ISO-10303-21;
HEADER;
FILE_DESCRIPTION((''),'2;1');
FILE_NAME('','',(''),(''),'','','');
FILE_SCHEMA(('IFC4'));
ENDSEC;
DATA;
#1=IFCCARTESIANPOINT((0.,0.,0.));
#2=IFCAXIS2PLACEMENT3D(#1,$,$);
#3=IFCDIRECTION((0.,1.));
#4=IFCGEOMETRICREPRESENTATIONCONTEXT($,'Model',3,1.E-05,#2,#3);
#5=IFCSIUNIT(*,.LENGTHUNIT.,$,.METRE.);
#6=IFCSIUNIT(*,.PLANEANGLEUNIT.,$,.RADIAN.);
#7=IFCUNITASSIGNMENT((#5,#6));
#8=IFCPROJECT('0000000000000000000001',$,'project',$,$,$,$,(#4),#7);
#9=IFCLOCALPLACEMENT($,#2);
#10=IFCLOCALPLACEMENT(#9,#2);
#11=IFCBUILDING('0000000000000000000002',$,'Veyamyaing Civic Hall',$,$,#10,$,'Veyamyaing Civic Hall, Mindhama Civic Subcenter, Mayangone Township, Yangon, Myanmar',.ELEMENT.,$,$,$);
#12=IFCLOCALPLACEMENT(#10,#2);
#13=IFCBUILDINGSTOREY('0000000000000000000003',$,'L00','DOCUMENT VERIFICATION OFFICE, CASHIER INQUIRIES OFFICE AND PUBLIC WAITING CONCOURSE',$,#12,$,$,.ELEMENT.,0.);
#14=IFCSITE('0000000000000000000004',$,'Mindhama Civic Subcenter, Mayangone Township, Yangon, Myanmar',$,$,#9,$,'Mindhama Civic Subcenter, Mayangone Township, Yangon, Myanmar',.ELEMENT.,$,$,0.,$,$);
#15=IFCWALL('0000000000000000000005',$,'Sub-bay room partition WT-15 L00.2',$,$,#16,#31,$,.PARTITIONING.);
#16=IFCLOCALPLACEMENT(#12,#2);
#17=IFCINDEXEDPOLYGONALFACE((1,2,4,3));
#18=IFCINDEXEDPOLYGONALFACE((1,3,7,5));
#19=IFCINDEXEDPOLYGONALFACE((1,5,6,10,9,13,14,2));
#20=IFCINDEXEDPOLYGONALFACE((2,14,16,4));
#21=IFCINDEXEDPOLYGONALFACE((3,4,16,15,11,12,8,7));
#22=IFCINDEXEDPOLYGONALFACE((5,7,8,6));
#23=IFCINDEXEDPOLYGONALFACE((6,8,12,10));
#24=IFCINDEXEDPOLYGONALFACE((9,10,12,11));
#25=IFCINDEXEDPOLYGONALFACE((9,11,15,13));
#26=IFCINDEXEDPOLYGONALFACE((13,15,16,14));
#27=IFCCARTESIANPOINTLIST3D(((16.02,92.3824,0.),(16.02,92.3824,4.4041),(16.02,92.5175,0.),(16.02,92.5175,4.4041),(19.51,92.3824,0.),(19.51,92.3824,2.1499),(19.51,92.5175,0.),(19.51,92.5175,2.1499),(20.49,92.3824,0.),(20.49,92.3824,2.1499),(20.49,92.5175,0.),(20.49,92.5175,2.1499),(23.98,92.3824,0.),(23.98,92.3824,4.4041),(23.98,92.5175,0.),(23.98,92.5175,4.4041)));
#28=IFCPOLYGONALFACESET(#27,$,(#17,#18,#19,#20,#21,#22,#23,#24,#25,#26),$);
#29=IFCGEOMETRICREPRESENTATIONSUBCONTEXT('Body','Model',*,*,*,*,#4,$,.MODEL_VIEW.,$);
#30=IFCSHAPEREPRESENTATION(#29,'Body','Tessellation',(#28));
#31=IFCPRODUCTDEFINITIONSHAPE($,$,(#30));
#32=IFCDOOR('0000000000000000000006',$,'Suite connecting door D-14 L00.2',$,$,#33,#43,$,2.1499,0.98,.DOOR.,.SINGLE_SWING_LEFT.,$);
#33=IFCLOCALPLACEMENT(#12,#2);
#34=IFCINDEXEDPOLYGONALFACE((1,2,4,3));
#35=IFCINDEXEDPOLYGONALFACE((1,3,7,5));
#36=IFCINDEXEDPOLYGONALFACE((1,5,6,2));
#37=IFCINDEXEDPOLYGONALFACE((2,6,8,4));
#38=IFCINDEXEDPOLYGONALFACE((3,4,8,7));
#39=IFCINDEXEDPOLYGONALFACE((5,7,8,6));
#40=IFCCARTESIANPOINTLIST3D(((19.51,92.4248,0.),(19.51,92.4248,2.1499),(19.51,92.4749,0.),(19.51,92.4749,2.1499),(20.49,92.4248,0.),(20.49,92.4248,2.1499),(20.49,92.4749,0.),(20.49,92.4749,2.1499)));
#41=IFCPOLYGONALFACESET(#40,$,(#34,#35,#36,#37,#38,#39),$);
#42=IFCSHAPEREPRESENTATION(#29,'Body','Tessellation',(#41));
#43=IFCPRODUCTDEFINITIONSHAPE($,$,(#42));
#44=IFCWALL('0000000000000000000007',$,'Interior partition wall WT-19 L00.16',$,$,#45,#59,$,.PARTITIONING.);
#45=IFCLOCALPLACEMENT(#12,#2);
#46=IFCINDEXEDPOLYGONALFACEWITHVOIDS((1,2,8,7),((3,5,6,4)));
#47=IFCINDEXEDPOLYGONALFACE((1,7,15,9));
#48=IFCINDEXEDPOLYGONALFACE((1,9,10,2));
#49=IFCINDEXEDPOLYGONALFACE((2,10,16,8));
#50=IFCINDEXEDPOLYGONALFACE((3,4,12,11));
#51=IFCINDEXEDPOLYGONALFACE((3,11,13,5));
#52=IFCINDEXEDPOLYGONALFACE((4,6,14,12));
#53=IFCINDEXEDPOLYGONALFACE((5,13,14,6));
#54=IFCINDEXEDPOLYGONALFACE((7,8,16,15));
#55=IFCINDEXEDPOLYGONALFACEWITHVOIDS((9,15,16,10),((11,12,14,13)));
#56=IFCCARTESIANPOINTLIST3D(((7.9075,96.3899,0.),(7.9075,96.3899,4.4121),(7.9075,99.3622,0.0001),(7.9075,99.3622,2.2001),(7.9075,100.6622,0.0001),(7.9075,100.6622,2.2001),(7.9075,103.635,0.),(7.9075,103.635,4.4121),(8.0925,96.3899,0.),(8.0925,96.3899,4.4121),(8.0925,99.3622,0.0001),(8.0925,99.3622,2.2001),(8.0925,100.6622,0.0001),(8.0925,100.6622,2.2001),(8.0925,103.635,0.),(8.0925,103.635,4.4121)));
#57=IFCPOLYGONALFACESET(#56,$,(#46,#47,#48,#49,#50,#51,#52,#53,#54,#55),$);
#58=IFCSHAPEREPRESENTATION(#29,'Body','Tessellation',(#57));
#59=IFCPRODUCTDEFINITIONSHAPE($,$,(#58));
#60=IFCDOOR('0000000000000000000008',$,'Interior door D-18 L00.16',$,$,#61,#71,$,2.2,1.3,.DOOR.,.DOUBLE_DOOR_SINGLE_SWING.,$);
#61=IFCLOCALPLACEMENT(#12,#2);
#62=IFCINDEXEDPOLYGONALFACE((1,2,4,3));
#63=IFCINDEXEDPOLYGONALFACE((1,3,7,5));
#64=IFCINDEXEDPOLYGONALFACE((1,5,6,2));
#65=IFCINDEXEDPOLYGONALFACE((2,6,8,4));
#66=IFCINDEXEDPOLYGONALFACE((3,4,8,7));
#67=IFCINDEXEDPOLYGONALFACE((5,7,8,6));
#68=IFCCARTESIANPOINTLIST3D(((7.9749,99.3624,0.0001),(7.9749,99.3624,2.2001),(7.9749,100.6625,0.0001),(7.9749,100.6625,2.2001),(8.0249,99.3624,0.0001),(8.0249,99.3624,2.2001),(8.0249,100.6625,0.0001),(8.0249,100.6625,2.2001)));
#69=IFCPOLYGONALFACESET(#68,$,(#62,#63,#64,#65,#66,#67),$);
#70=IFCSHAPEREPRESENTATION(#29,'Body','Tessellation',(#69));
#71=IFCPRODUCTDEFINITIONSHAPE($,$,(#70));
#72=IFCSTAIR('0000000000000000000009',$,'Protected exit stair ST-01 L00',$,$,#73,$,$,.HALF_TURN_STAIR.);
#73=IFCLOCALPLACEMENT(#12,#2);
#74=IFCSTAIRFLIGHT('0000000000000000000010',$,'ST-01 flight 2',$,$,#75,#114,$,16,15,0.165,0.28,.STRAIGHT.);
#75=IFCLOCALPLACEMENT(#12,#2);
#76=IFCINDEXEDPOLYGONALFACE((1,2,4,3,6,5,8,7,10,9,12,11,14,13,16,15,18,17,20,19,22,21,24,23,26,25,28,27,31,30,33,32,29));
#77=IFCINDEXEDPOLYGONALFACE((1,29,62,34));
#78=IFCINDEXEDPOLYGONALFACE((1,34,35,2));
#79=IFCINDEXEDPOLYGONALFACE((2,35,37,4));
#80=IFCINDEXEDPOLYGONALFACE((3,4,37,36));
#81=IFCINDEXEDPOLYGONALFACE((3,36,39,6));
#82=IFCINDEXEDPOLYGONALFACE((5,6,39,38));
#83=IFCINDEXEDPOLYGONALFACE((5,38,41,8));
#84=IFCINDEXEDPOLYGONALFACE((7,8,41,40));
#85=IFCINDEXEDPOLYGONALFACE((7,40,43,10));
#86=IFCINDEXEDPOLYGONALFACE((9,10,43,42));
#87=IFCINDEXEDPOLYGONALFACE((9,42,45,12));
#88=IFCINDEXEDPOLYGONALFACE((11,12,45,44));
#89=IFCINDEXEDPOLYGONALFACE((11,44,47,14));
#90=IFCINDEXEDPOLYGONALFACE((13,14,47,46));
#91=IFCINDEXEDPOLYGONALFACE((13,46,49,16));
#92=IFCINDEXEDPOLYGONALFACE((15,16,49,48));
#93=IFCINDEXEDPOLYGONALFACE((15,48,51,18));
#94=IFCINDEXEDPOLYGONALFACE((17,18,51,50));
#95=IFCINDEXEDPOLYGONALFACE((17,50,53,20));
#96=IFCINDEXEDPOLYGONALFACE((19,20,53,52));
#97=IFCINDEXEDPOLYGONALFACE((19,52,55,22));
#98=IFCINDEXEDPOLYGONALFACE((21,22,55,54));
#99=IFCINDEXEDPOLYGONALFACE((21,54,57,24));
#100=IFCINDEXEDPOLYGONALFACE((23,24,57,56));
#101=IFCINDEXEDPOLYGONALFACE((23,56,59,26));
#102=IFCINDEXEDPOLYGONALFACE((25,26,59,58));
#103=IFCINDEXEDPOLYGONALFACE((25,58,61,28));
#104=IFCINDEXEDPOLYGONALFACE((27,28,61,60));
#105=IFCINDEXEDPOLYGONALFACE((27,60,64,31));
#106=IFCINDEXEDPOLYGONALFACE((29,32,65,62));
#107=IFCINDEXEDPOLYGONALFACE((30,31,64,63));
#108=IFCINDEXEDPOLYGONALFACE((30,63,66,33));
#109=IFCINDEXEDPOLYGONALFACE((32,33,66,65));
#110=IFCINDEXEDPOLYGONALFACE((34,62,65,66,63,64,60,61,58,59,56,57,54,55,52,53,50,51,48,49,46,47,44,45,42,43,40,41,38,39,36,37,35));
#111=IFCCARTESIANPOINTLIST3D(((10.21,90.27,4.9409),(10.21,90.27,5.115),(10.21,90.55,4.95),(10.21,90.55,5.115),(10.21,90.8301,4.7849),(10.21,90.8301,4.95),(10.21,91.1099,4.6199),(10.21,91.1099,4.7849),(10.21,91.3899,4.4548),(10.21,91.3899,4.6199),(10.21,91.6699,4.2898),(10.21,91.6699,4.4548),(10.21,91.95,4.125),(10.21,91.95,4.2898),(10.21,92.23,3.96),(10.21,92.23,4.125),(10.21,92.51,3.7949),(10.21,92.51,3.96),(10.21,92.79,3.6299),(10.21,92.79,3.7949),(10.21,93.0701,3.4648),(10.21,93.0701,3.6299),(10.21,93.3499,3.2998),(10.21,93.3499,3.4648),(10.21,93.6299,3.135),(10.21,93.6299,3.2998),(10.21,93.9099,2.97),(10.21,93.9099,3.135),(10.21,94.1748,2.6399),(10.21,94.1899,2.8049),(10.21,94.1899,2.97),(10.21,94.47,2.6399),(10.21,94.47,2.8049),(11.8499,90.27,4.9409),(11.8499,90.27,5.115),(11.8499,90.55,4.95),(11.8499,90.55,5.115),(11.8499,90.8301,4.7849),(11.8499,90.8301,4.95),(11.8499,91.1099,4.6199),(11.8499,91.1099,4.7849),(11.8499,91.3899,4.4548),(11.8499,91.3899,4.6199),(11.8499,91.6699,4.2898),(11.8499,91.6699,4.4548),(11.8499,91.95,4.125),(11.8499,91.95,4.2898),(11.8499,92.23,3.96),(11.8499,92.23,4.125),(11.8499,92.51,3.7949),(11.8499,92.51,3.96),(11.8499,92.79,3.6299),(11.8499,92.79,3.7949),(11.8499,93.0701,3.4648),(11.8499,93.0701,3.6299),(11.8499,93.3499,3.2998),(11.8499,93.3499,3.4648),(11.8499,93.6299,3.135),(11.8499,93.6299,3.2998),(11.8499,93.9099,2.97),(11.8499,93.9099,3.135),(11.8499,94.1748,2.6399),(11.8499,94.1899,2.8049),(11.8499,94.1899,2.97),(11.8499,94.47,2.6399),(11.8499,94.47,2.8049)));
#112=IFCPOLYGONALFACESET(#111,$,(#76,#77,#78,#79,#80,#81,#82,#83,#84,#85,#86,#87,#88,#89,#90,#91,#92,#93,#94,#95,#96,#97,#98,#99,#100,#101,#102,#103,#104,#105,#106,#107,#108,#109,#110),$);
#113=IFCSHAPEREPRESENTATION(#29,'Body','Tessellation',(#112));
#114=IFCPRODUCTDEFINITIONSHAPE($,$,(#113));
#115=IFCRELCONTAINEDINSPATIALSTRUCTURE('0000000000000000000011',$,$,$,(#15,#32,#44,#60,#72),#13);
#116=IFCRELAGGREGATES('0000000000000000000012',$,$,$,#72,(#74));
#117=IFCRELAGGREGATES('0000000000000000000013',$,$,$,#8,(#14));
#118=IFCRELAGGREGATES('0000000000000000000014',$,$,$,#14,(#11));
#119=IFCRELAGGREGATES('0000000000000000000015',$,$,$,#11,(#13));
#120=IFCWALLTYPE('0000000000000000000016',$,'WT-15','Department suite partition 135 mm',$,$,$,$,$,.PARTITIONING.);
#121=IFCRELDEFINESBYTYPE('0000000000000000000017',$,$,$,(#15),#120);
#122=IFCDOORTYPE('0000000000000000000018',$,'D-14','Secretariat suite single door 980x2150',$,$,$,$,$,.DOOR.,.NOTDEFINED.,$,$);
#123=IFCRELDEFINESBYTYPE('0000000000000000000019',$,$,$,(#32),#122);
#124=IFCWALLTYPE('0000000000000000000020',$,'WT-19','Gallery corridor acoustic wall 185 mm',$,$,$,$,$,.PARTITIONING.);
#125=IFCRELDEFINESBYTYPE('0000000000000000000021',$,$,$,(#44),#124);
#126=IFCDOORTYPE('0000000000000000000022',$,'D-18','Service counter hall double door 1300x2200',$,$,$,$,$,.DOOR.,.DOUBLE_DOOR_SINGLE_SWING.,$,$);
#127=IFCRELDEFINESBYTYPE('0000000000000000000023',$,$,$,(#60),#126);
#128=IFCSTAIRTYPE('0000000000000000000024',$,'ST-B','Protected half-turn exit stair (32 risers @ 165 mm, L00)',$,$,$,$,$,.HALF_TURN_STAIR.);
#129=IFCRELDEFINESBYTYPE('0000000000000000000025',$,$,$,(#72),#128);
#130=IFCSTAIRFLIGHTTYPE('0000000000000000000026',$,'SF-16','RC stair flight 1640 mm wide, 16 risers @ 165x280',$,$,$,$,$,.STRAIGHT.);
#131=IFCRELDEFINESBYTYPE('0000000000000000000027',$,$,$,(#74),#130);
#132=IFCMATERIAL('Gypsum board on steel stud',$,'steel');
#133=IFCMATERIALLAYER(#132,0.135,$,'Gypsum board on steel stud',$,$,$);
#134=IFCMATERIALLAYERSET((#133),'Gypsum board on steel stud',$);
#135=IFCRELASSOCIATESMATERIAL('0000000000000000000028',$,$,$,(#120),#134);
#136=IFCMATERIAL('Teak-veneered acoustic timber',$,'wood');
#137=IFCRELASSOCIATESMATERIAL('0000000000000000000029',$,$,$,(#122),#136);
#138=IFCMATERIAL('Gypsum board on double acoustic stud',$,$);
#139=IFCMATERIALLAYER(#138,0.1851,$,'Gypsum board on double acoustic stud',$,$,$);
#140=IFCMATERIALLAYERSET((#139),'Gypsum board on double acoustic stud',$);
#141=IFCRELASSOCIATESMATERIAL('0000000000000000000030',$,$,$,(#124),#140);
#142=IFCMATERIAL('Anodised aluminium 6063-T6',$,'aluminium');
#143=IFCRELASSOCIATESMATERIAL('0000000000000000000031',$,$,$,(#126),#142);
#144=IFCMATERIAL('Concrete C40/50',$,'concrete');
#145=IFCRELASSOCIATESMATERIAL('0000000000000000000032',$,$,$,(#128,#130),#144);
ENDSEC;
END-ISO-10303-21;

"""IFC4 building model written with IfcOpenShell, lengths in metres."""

from ifc_helpers import new_model, si_unit, direction, frame, frame_2d, origin, place, context, subcontext, project, spatial, polyline, rectangle, outline, extrude, material, layer, layer_set, type_object, element, fill, aggregate, save


model = new_model("IFC4")

# Units and contexts
model_context = context("Model", 3, precision=1e-05, world=origin(), true_north=direction((0.0, 1.0)))
body_context = subcontext(model_context, "Body", "Model", "MODEL_VIEW")
ifc_project = project(units=[si_unit("LENGTHUNIT", "METRE"), si_unit("PLANEANGLEUNIT", "RADIAN")], contexts=[model_context])

# Site, building, storey
site_placement = place(None, origin())
site = spatial("IfcSite", under=ifc_project, at=site_placement, Name="Mindhama Civic Subcenter, Mayangone Township, Yangon, Myanmar", LongName="Mindhama Civic Subcenter, Mayangone Township, Yangon, Myanmar", CompositionType="ELEMENT", RefElevation=0.0)
building_placement = place(site_placement, origin())
building = spatial("IfcBuilding", under=site, at=building_placement, Name="Veyamyaing Civic Hall", LongName="Veyamyaing Civic Hall, Mindhama Civic Subcenter, Mayangone Township, Yangon, Myanmar", CompositionType="ELEMENT")
storey_placement = place(building_placement, origin())
storey = spatial("IfcBuildingStorey", under=building, at=storey_placement, Name="L00", Description="DOCUMENT VERIFICATION OFFICE, CASHIER INQUIRIES OFFICE AND PUBLIC WAITING CONCOURSE", CompositionType="ELEMENT", Elevation=0.0)

# Shared definitions
ifc_material_1 = material(Name="Concrete C40/50", Category="concrete")

# Shared definitions
ifc_material_2 = material(Name="Gypsum board on steel stud", Category="steel")
ifc_layer_1 = layer(ifc_material_2, 0.135, Name="Gypsum board on steel stud")
ifc_layer_set_1 = layer_set([ifc_layer_1], Name="Gypsum board on steel stud")
wall_type_1 = type_object("IfcWallType", Name="WT-15", Description="Department suite partition 135 mm", PredefinedType="PARTITIONING", material=ifc_layer_set_1)

# Walls, openings, doors
wall_1_placement = place(storey_placement, frame((16.02, 92.45, 0.0), z_axis=(0.0, 0.0, 1.0), x_axis=(1.0, 0.0, 0.0)))
wall_1 = element("IfcWall", 1, at=wall_1_placement, inside=storey, type_object=wall_type_1, Name="Sub-bay room partition WT-15 L00.2", PredefinedType="PARTITIONING", context=body_context, shape_type="SweptSolid", body=[
    extrude(rectangle(XDim=7.96, YDim=0.135, at=frame_2d((3.98, 0.0))), origin(), (0.0, 0.0, 1.0), 4.4041),
])
opening_1_placement = place(wall_1_placement, frame((3.49, 0.0, 0.0)))
opening_1 = element("IfcOpeningElement", 2, at=opening_1_placement, cuts=wall_1, PredefinedType="OPENING", context=body_context, shape_type="SweptSolid", body=[
    extrude(rectangle(XDim=0.98, YDim=2.1499, at=frame_2d((0.49, 1.075))), frame((0.0, 0.0774, 0.0), z_axis=(0.0, -1.0, 0.0), x_axis=(1.0, 0.0, 0.0)), (0.0, 0.0, 1.0), 0.155),
])
ifc_material_3 = material(Name="Teak-veneered acoustic timber", Category="wood")
door_type_1 = type_object("IfcDoorType", Name="D-14", Description="Secretariat suite single door 980x2150", OperationType="NOTDEFINED", PredefinedType="DOOR", material=ifc_material_3)
door_1_placement = place(opening_1_placement, origin())
door_1 = element("IfcDoor", 3, at=door_1_placement, inside=storey, type_object=door_type_1, Name="Suite connecting door D-14 L00.2", OperationType="SINGLE_SWING_LEFT", OverallHeight=2.1499, OverallWidth=0.98, PredefinedType="DOOR", context=body_context, shape_type="SweptSolid", body=[
    extrude(rectangle(XDim=0.98, YDim=2.1499, at=frame_2d((0.49, 1.075))), frame((0.0, 0.0249, 0.0), z_axis=(0.0, -1.0, 0.0), x_axis=(1.0, 0.0, 0.0)), (0.0, 0.0, 1.0), 0.05),
])
fill(opening_1, door_1)
ifc_material_4 = material(Name="Gypsum board on double acoustic stud")
ifc_layer_2 = layer(ifc_material_4, 0.1851, Name="Gypsum board on double acoustic stud")
ifc_layer_set_2 = layer_set([ifc_layer_2], Name="Gypsum board on double acoustic stud")
wall_type_2 = type_object("IfcWallType", Name="WT-19", Description="Gallery corridor acoustic wall 185 mm", PredefinedType="PARTITIONING", material=ifc_layer_set_2)
wall_2_placement = place(storey_placement, frame((8.0, 96.3899, 0.0), z_axis=(0.0, 0.0, 1.0), x_axis=(0.0, 1.0, 0.0)))
wall_2 = element("IfcWall", 4, at=wall_2_placement, inside=storey, type_object=wall_type_2, Name="Interior partition wall WT-19 L00.16", PredefinedType="PARTITIONING", context=body_context, shape_type="SweptSolid", body=[
    extrude(rectangle(XDim=7.2451, YDim=0.1851, at=frame_2d((3.6226, 0.0))), origin(), (0.0, 0.0, 1.0), 4.4121),
])
opening_2_placement = place(wall_2_placement, frame((2.9724, 0.0, 0.0)))
opening_2 = element("IfcOpeningElement", 5, at=opening_2_placement, cuts=wall_2, PredefinedType="OPENING", context=body_context, shape_type="SweptSolid", body=[
    extrude(rectangle(XDim=1.3, YDim=2.2, at=frame_2d((0.6499, 1.1001))), frame((0.0, 0.1025, 0.0), z_axis=(0.0, -1.0, 0.0), x_axis=(1.0, 0.0, 0.0)), (0.0, 0.0, 1.0), 0.2051),
])
ifc_material_5 = material(Name="Anodised aluminium 6063-T6", Category="aluminium")
door_type_2 = type_object("IfcDoorType", Name="D-18", Description="Service counter hall double door 1300x2200", OperationType="DOUBLE_DOOR_SINGLE_SWING", PredefinedType="DOOR", material=ifc_material_5)
door_2_placement = place(opening_2_placement, frame((1.3, 0.0, 0.0), z_axis=(0.0, 0.0, 1.0), x_axis=(-1.0, 0.0, 0.0)))
door_2 = element("IfcDoor", 6, at=door_2_placement, inside=storey, type_object=door_type_2, Name="Interior door D-18 L00.16", OperationType="DOUBLE_DOOR_SINGLE_SWING", OverallHeight=2.2, OverallWidth=1.3, PredefinedType="DOOR", context=body_context, shape_type="SweptSolid", body=[
    extrude(rectangle(XDim=1.3, YDim=2.2, at=frame_2d((0.6499, 1.1001))), frame((0.0, 0.0249, 0.0), z_axis=(0.0, -1.0, 0.0), x_axis=(1.0, 0.0, 0.0)), (0.0, 0.0, 1.0), 0.05),
])
fill(opening_2, door_2)

# Stair, stair flight
stair_type = type_object("IfcStairType", Name="ST-B", Description="Protected half-turn exit stair (32 risers @ 165 mm, L00)", PredefinedType="HALF_TURN_STAIR", material=ifc_material_1)
stair_placement = place(storey_placement, origin())
stair = element("IfcStair", 7, at=stair_placement, inside=storey, type_object=stair_type, Name="Protected exit stair ST-01 L00", PredefinedType="HALF_TURN_STAIR")
stair_flight_type = type_object("IfcStairFlightType", Name="SF-16", Description="RC stair flight 1640 mm wide, 16 risers @ 165x280", PredefinedType="STRAIGHT", material=ifc_material_1)
stair_flight_placement = place(storey_placement, frame((11.03, 94.47, 2.6399), z_axis=(0.0, 0.0, 1.0), x_axis=(0.0, -1.0, 0.0)))
stair_flight = element("IfcStairFlight", 8, at=stair_flight_placement, type_object=stair_flight_type, Name="ST-01 flight 2", NumberOfRisers=16, NumberOfTreads=15, PredefinedType="STRAIGHT", RiserHeight=0.165, TreadLength=0.28, context=body_context, shape_type="SweptSolid", body=[
    extrude(outline(polyline([(0.0, 0.0), (0.0, 0.165), (0.28, 0.165), (0.28, 0.3301), (0.5601, 0.3301), (0.5601, 0.4951), (0.8401, 0.4951), (0.8401, 0.6599), (1.1201, 0.6599), (1.1201, 0.825), (1.3999, 0.825), (1.3999, 0.99), (1.6799, 0.99), (1.6799, 1.155), (1.96, 1.155), (1.96, 1.3201), (2.24, 1.3201), (2.24, 1.4851), (2.52, 1.4851), (2.52, 1.6499), (2.8, 1.6499), (2.8, 1.8149), (3.0801, 1.8149), (3.0801, 1.98), (3.3601, 1.98), (3.3601, 2.145), (3.6399, 2.145), (3.6399, 2.3101), (3.9199, 2.3101), (3.9199, 2.4751), (4.2, 2.4751), (4.2, 2.6399), (4.2, 2.301), (0.2952, 0.0), (0.0, 0.0)])), frame((0.0, 0.8198, 0.0), z_axis=(0.0, -1.0, 0.0), x_axis=(1.0, 0.0, 0.0)), (0.0, 0.0, 1.0), 1.6399),
])
aggregate(stair, [stair_flight])

save(model, "model.ifc")
